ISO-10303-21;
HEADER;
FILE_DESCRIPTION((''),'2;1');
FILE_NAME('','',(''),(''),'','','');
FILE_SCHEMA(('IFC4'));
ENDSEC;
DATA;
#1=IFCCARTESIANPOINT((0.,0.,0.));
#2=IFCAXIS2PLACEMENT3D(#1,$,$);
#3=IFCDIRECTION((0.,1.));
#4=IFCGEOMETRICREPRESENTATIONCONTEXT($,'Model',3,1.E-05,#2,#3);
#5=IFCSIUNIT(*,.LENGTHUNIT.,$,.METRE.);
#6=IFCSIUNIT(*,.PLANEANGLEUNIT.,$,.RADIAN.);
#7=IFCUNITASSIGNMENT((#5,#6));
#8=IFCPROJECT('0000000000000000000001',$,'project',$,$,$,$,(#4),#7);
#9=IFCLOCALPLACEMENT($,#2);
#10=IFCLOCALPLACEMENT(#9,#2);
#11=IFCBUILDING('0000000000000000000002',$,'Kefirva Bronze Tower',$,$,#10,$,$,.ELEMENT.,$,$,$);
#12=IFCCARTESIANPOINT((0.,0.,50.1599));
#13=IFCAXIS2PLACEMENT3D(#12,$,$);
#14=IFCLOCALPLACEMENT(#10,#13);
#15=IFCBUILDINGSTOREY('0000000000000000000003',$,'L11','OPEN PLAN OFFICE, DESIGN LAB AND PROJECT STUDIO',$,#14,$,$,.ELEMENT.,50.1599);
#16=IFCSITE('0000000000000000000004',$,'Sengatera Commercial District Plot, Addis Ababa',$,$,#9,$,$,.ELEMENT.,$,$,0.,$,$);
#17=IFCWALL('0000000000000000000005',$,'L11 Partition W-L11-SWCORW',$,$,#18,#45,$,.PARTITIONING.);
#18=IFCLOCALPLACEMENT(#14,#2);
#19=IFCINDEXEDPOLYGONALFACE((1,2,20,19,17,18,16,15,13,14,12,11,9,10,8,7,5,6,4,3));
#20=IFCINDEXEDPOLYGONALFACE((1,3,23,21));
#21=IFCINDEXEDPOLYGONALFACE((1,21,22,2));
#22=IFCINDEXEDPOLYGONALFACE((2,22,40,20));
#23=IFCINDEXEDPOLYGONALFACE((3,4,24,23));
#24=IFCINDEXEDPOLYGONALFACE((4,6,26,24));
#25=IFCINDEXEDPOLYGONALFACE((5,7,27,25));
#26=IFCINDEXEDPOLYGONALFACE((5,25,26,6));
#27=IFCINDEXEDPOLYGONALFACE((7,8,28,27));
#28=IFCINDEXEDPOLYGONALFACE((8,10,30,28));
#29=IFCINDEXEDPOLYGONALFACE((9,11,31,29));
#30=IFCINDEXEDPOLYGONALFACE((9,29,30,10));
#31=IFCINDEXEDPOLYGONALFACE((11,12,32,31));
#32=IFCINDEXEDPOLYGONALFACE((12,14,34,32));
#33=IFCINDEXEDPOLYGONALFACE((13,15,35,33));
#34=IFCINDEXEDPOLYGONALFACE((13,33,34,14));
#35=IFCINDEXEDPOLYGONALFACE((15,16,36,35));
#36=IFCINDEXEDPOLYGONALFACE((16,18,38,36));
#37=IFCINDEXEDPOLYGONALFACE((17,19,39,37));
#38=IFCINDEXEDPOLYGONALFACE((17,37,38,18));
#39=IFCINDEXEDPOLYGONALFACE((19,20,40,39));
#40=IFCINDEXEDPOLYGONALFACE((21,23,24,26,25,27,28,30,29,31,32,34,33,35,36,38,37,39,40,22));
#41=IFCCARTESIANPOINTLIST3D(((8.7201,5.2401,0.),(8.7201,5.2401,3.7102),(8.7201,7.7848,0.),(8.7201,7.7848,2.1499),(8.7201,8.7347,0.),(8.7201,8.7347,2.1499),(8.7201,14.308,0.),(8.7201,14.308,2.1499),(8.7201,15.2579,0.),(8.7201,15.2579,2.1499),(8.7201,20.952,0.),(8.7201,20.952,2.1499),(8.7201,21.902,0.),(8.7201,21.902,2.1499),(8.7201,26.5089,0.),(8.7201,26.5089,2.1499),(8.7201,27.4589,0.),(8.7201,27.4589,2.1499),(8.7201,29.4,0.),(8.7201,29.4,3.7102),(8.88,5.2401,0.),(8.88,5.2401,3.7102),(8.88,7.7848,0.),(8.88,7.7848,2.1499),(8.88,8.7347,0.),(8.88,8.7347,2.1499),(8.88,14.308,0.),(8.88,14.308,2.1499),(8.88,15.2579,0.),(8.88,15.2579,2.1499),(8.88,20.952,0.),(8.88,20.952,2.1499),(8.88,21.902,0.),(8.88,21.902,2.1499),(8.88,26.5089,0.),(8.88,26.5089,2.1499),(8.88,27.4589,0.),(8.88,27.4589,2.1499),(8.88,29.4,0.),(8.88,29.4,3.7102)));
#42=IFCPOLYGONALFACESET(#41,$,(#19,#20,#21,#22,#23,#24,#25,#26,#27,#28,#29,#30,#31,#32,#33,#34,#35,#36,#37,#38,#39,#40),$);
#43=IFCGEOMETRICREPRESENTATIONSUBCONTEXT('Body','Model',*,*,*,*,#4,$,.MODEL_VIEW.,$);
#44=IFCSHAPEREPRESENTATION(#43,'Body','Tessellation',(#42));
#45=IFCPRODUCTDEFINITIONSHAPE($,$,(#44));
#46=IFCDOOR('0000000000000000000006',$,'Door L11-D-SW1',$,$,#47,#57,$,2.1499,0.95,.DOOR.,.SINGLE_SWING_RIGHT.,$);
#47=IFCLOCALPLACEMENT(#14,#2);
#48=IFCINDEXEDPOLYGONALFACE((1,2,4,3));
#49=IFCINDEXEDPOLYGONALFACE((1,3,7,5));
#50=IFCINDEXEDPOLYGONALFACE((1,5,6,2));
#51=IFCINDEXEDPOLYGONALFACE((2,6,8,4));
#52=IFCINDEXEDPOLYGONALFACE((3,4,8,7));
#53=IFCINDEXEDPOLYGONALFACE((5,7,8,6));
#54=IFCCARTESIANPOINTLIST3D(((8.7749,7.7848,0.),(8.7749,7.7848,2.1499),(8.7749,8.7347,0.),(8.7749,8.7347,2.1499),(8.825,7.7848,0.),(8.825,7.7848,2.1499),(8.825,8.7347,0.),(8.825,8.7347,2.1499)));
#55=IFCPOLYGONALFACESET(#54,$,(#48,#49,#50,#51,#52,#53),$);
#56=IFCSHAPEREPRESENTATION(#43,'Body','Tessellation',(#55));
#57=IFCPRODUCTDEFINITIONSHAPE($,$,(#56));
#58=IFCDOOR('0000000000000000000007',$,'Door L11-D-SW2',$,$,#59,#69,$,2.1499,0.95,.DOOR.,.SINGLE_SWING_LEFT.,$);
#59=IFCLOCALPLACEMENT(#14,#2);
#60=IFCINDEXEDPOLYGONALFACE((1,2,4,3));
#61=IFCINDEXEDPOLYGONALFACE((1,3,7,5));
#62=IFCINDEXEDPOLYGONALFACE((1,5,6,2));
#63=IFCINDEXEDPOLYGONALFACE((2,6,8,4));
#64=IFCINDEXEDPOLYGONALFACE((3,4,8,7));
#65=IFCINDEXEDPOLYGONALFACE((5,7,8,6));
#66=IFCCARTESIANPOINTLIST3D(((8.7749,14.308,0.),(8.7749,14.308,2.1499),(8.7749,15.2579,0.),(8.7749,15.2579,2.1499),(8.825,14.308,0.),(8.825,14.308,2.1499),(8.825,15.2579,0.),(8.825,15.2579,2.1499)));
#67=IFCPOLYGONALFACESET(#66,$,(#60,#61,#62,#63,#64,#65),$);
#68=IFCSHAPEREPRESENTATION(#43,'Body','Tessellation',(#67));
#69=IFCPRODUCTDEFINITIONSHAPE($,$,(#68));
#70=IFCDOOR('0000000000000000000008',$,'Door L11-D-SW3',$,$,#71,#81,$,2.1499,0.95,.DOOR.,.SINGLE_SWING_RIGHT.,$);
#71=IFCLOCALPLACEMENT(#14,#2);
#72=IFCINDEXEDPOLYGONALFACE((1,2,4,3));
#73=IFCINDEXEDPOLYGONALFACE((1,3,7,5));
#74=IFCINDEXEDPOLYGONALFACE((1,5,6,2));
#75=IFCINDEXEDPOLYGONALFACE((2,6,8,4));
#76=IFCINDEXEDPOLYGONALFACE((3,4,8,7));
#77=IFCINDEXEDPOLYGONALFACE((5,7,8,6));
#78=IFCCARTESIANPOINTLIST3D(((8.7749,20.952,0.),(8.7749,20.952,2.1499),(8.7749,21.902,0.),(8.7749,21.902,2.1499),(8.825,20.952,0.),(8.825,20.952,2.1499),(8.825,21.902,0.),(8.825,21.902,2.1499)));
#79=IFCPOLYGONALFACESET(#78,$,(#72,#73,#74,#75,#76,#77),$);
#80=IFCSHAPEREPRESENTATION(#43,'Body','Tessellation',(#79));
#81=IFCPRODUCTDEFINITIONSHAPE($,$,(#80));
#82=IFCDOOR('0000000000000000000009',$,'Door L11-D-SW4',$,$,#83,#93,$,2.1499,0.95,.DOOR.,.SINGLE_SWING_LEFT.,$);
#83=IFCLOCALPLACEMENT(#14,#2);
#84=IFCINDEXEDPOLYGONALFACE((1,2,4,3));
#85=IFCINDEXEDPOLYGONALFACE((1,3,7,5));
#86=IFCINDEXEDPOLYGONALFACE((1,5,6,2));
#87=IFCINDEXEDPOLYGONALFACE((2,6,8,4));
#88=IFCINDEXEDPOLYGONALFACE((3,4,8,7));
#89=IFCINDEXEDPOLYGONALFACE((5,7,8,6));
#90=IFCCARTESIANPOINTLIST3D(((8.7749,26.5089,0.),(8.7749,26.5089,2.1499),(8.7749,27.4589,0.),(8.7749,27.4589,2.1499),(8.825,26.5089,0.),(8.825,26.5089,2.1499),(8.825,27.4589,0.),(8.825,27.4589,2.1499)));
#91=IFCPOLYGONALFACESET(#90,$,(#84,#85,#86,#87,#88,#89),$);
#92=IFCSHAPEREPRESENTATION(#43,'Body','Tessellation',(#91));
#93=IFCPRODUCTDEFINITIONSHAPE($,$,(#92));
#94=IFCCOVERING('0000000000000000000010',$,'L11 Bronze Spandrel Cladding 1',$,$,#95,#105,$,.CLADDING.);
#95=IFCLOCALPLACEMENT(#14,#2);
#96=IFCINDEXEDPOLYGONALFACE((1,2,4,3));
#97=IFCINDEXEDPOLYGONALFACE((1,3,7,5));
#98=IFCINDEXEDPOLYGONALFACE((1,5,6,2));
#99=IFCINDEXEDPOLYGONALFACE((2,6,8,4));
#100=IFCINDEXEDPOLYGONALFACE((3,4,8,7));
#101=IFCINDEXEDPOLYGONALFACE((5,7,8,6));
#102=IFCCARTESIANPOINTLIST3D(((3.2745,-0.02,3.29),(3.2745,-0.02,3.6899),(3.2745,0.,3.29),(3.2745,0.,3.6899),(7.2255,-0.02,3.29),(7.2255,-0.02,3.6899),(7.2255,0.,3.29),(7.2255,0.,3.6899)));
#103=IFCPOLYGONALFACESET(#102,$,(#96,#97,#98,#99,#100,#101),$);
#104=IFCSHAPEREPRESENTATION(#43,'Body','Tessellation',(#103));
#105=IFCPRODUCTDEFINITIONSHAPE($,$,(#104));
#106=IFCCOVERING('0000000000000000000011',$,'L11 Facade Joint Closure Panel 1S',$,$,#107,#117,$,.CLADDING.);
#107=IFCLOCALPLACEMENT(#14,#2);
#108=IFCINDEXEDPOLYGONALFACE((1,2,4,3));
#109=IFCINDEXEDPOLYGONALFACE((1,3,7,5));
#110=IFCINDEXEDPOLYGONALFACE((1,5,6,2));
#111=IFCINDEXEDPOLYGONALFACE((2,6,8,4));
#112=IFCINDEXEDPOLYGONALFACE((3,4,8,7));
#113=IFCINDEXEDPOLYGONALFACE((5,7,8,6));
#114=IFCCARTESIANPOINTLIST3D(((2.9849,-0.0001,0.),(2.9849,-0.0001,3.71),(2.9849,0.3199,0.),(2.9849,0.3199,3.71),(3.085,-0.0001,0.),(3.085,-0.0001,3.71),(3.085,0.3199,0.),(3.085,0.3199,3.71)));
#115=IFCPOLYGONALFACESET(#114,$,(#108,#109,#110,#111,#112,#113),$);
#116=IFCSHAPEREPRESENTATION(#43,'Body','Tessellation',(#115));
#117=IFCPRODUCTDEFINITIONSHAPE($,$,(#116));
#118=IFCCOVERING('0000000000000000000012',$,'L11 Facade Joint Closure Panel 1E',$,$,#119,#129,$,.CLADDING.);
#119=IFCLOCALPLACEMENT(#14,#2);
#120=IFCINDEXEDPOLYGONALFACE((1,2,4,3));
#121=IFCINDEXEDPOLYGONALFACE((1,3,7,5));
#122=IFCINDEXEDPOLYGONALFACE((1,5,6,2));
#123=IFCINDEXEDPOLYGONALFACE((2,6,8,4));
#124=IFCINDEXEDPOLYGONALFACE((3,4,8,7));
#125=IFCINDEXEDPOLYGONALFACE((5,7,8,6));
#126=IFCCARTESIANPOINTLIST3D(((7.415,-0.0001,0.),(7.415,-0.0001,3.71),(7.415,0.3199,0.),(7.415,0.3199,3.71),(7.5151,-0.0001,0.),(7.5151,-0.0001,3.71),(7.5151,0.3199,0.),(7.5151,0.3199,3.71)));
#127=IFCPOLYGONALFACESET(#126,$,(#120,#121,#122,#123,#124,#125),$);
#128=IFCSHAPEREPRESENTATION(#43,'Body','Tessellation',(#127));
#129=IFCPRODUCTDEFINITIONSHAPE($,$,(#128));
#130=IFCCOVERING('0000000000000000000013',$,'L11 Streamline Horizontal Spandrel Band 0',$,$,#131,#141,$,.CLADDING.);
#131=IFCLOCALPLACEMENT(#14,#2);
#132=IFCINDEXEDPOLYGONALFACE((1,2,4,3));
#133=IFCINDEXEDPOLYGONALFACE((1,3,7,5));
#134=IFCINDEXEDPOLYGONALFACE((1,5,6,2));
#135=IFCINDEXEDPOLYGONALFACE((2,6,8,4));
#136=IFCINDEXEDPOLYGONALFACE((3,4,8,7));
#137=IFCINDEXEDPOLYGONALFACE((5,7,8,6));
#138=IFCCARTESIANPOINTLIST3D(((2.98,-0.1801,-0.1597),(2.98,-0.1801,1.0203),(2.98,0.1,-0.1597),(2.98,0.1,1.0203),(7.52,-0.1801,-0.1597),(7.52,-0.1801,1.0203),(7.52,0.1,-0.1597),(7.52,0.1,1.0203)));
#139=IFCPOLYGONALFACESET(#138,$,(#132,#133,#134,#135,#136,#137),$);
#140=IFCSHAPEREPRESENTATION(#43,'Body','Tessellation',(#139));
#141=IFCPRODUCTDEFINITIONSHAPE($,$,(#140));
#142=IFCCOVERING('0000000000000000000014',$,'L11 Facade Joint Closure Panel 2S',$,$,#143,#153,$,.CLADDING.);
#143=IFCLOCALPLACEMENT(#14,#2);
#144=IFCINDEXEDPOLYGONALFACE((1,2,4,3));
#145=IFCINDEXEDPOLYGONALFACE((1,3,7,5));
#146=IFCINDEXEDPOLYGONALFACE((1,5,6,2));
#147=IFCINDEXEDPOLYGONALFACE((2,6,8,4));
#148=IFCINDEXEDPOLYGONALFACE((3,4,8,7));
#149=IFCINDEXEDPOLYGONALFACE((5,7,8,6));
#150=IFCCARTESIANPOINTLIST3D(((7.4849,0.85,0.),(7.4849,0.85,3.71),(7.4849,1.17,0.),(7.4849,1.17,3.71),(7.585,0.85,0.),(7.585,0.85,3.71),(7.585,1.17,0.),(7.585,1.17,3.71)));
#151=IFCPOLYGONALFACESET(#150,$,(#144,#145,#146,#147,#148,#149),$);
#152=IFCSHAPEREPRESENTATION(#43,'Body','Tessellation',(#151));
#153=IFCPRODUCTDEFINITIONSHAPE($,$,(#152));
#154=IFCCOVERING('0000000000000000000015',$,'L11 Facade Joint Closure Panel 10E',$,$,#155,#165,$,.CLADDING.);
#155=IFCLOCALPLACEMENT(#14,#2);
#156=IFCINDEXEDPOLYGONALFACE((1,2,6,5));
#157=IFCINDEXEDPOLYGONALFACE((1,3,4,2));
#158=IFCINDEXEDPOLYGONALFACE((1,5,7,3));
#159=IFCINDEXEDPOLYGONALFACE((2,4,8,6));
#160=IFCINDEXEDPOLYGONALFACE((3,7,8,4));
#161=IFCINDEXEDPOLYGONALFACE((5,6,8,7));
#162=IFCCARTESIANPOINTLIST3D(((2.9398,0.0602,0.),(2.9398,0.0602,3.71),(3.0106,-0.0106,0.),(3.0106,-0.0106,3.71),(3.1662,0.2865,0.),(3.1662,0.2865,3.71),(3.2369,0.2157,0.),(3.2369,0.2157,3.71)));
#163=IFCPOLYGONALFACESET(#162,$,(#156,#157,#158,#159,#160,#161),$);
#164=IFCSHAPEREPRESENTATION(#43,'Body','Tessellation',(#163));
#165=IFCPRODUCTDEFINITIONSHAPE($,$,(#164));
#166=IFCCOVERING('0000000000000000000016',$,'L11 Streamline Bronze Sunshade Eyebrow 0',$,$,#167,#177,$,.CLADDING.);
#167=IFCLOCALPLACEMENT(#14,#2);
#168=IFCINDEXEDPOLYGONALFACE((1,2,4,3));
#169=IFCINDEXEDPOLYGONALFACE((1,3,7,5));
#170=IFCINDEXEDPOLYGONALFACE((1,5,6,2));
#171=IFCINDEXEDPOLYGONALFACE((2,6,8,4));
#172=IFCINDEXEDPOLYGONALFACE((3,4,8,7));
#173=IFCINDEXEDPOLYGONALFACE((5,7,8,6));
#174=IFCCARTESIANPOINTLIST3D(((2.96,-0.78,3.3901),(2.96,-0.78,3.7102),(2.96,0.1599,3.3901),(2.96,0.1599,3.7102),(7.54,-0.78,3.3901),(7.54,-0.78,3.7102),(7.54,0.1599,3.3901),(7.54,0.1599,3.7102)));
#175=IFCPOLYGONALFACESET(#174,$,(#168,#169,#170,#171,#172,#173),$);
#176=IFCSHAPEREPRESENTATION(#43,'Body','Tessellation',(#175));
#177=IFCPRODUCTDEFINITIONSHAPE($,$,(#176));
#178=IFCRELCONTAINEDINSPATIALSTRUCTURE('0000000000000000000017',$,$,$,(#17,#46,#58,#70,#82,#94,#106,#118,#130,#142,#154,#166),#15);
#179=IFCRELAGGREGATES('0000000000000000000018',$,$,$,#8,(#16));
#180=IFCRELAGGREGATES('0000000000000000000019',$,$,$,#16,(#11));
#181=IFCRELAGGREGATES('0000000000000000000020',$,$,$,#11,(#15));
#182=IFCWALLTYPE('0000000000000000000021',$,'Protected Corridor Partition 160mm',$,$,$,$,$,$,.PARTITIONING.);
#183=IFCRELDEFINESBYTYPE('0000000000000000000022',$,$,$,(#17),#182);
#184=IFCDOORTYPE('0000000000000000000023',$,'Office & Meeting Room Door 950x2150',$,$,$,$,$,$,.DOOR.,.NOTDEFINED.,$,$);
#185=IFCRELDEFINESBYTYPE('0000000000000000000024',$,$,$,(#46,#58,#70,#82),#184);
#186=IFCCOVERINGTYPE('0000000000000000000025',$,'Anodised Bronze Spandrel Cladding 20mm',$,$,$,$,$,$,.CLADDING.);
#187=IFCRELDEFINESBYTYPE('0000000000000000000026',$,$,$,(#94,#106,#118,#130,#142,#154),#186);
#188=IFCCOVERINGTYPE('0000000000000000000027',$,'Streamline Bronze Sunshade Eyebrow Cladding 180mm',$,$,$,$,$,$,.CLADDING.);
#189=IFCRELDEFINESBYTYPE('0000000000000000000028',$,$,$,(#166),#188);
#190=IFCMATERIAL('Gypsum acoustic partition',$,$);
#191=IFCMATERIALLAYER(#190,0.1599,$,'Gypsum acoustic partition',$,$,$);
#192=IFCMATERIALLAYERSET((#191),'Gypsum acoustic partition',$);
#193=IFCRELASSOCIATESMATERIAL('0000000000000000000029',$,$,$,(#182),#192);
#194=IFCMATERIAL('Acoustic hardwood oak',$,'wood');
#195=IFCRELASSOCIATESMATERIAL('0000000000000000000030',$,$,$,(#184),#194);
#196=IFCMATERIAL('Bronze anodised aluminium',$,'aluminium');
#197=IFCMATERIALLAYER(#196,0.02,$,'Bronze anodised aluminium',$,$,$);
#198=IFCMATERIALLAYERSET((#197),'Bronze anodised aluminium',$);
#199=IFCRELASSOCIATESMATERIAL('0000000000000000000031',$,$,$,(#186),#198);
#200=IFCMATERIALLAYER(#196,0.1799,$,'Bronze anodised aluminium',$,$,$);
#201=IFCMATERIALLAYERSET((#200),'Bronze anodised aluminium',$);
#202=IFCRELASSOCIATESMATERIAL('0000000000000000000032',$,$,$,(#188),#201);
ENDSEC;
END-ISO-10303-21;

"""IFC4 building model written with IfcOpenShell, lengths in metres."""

from ifc_helpers import new_model, si_unit, direction, frame, frame_2d, origin, origin_2d, place, context, subcontext, project, spatial, rectangle, extrude, material, layer, layer_set, type_object, element, fill, save


model = new_model("IFC4")

# Units and contexts
model_context = context("Model", 3, precision=1e-05, world=origin(), true_north=direction((0.0, 1.0)))
body_context = subcontext(model_context, "Body", "Model", "MODEL_VIEW")
ifc_project = project(units=[si_unit("LENGTHUNIT", "METRE"), si_unit("PLANEANGLEUNIT", "RADIAN")], contexts=[model_context])

# Site, building, storey
site_placement = place(None, origin())
site = spatial("IfcSite", under=ifc_project, at=site_placement, Name="Sengatera Commercial District Plot, Addis Ababa", CompositionType="ELEMENT", RefElevation=0.0)
building_placement = place(site_placement, origin())
building = spatial("IfcBuilding", under=site, at=building_placement, Name="Kefirva Bronze Tower", CompositionType="ELEMENT")
storey_placement = place(building_placement, frame((0.0, 0.0, 50.1599)))
storey = spatial("IfcBuildingStorey", under=building, at=storey_placement, Name="L11", Description="OPEN PLAN OFFICE, DESIGN LAB AND PROJECT STUDIO", CompositionType="ELEMENT", Elevation=50.1599)

# Wall, openings, doors
ifc_material_1 = material(Name="Gypsum acoustic partition")
ifc_layer_1 = layer(ifc_material_1, 0.1599, Name="Gypsum acoustic partition")
ifc_layer_set_1 = layer_set([ifc_layer_1], Name="Gypsum acoustic partition")
wall_type_1 = type_object("IfcWallType", Name="Protected Corridor Partition 160mm", PredefinedType="PARTITIONING", material=ifc_layer_set_1)
wall_1_placement = place(storey_placement, frame((8.8, 5.24, 0.0), z_axis=(0.0, 0.0, 1.0), x_axis=(0.0, 1.0, 0.0)))
wall_1 = element("IfcWall", 1, at=wall_1_placement, inside=storey, type_object=wall_type_1, Name="L11 Partition W-L11-SWCORW", PredefinedType="PARTITIONING", context=body_context, shape_type="SweptSolid", body=[
    extrude(rectangle(XDim=24.1599, YDim=0.1599, at=frame_2d((12.0801, 0.0))), origin(), (0.0, 0.0, 1.0), 3.7102),
])
opening_1_placement = place(wall_1_placement, frame((3.4949, 0.0, 0.0), z_axis=(0.0, 0.0, 1.0), x_axis=(-1.0, 0.0, 0.0)))
opening_1 = element("IfcOpeningElement", 2, at=opening_1_placement, cuts=wall_1, PredefinedType="OPENING", context=body_context, shape_type="SweptSolid", body=[
    extrude(rectangle(XDim=0.95, YDim=2.1499, at=frame_2d((0.4751, 1.075))), frame((0.0, 0.0898, 0.0), z_axis=(0.0, -1.0, 0.0), x_axis=(1.0, 0.0, 0.0)), (0.0, 0.0, 1.0), 0.1799),
])
opening_2_placement = place(wall_1_placement, frame((10.0181, 0.0, 0.0), z_axis=(0.0, 0.0, 1.0), x_axis=(-1.0, 0.0, 0.0)))
opening_2 = element("IfcOpeningElement", 3, at=opening_2_placement, cuts=wall_1, PredefinedType="OPENING", context=body_context, shape_type="SweptSolid", body=[
    extrude(rectangle(XDim=0.95, YDim=2.1499, at=frame_2d((0.4751, 1.075))), frame((0.0, 0.0898, 0.0), z_axis=(0.0, -1.0, 0.0), x_axis=(1.0, 0.0, 0.0)), (0.0, 0.0, 1.0), 0.1799),
])
opening_3_placement = place(wall_1_placement, frame((16.6621, 0.0, 0.0), z_axis=(0.0, 0.0, 1.0), x_axis=(-1.0, 0.0, 0.0)))
opening_3 = element("IfcOpeningElement", 4, at=opening_3_placement, cuts=wall_1, PredefinedType="OPENING", context=body_context, shape_type="SweptSolid", body=[
    extrude(rectangle(XDim=0.95, YDim=2.1499, at=frame_2d((0.4751, 1.075))), frame((0.0, 0.0898, 0.0), z_axis=(0.0, -1.0, 0.0), x_axis=(1.0, 0.0, 0.0)), (0.0, 0.0, 1.0), 0.1799),
])
opening_4_placement = place(wall_1_placement, frame((22.219, 0.0, 0.0), z_axis=(0.0, 0.0, 1.0), x_axis=(-1.0, 0.0, 0.0)))
opening_4 = element("IfcOpeningElement", 5, at=opening_4_placement, cuts=wall_1, PredefinedType="OPENING", context=body_context, shape_type="SweptSolid", body=[
    extrude(rectangle(XDim=0.95, YDim=2.1499, at=frame_2d((0.4751, 1.075))), frame((0.0, 0.0898, 0.0), z_axis=(0.0, -1.0, 0.0), x_axis=(1.0, 0.0, 0.0)), (0.0, 0.0, 1.0), 0.1799),
])
ifc_material_2 = material(Name="Acoustic hardwood oak", Category="wood")
door_type = type_object("IfcDoorType", Name="Office & Meeting Room Door 950x2150", OperationType="NOTDEFINED", PredefinedType="DOOR", material=ifc_material_2)
door_1_placement = place(opening_1_placement, origin())
door_1 = element("IfcDoor", 6, at=door_1_placement, inside=storey, type_object=door_type, Name="Door L11-D-SW1", OperationType="SINGLE_SWING_RIGHT", OverallHeight=2.1499, OverallWidth=0.95, PredefinedType="DOOR", context=body_context, shape_type="SweptSolid", body=[
    extrude(rectangle(XDim=0.95, YDim=2.1499, at=frame_2d((0.4751, 1.075))), frame((0.0, 0.0249, 0.0), z_axis=(0.0, -1.0, 0.0), x_axis=(1.0, 0.0, 0.0)), (0.0, 0.0, 1.0), 0.05),
])
fill(opening_1, door_1)
door_2_placement = place(opening_2_placement, origin())
door_2 = element("IfcDoor", 7, at=door_2_placement, inside=storey, type_object=door_type, Name="Door L11-D-SW2", OperationType="SINGLE_SWING_LEFT", OverallHeight=2.1499, OverallWidth=0.95, PredefinedType="DOOR", context=body_context, shape_type="SweptSolid", body=[
    extrude(rectangle(XDim=0.95, YDim=2.1499, at=frame_2d((0.4751, 1.075))), frame((0.0, 0.0249, 0.0), z_axis=(0.0, -1.0, 0.0), x_axis=(1.0, 0.0, 0.0)), (0.0, 0.0, 1.0), 0.05),
])
fill(opening_2, door_2)
door_3_placement = place(opening_3_placement, origin())
door_3 = element("IfcDoor", 8, at=door_3_placement, inside=storey, type_object=door_type, Name="Door L11-D-SW3", OperationType="SINGLE_SWING_RIGHT", OverallHeight=2.1499, OverallWidth=0.95, PredefinedType="DOOR", context=body_context, shape_type="SweptSolid", body=[
    extrude(rectangle(XDim=0.95, YDim=2.1499, at=frame_2d((0.4751, 1.075))), frame((0.0, 0.0249, 0.0), z_axis=(0.0, -1.0, 0.0), x_axis=(1.0, 0.0, 0.0)), (0.0, 0.0, 1.0), 0.05),
])
fill(opening_3, door_3)
door_4_placement = place(opening_4_placement, origin())
door_4 = element("IfcDoor", 9, at=door_4_placement, inside=storey, type_object=door_type, Name="Door L11-D-SW4", OperationType="SINGLE_SWING_LEFT", OverallHeight=2.1499, OverallWidth=0.95, PredefinedType="DOOR", context=body_context, shape_type="SweptSolid", body=[
    extrude(rectangle(XDim=0.95, YDim=2.1499, at=frame_2d((0.4751, 1.075))), frame((0.0, 0.0249, 0.0), z_axis=(0.0, -1.0, 0.0), x_axis=(1.0, 0.0, 0.0)), (0.0, 0.0, 1.0), 0.05),
])
fill(opening_4, door_4)

# Coverings
ifc_material_3 = material(Name="Bronze anodised aluminium", Category="aluminium")
ifc_layer_2 = layer(ifc_material_3, 0.02, Name="Bronze anodised aluminium")
ifc_layer_set_2 = layer_set([ifc_layer_2], Name="Bronze anodised aluminium")
covering_type_1 = type_object("IfcCoveringType", Name="Anodised Bronze Spandrel Cladding 20mm", PredefinedType="CLADDING", material=ifc_layer_set_2)
covering_1_placement = place(storey_placement, frame((5.25, -0.01, 3.29), z_axis=(0.0, 0.0, 1.0), x_axis=(1.0, 0.0, 0.0)))
element("IfcCovering", 10, at=covering_1_placement, inside=storey, type_object=covering_type_1, Name="L11 Bronze Spandrel Cladding 1", PredefinedType="CLADDING", context=body_context, shape_type="SweptSolid", body=[
    extrude(rectangle(XDim=3.9509, YDim=0.02, at=origin_2d()), origin(), (0.0, 0.0, 1.0), 0.3999),
])
for number, where, z_axis, x_axis, name in (
    (11, (3.0349, 0.1599, 0.0), (0.0, 0.0, 1.0), (1.0, 0.0, 0.0), "L11 Facade Joint Closure Panel 1S"),
    (12, (7.4651, 0.1599, 0.0), (0.0, 0.0, 1.0), (1.0, 0.0, 0.0), "L11 Facade Joint Closure Panel 1E"),
):
    element("IfcCovering", number, at=place(storey_placement, frame(where, z_axis=z_axis, x_axis=x_axis)), inside=storey, type_object=covering_type_1, Name=name, PredefinedType="CLADDING", context=body_context, shape_type="SweptSolid", body=[
        extrude(rectangle(XDim=0.1001, YDim=0.3201, at=origin_2d()), origin(), (0.0, 0.0, 1.0), 3.71),
    ])
covering_2_placement = place(storey_placement, frame((5.25, -0.04, -0.1597), z_axis=(0.0, 0.0, 1.0), x_axis=(1.0, 0.0, 0.0)))
element("IfcCovering", 13, at=covering_2_placement, inside=storey, type_object=covering_type_1, Name="L11 Streamline Horizontal Spandrel Band 0", PredefinedType="CLADDING", context=body_context, shape_type="SweptSolid", body=[
    extrude(rectangle(XDim=4.54, YDim=0.28, at=origin_2d()), origin(), (0.0, 0.0, 1.0), 1.1799),
])
for number, where, z_axis, x_axis, name in (
    (14, (7.5349, 1.01, 0.0), (0.0, 0.0, 1.0), (1.0, 0.0, 0.0), "L11 Facade Joint Closure Panel 2S"),
    (15, (3.0884, 0.1379, 0.0), (0.0, 0.0, 1.0), (0.707107, -0.707107, 0.0), "L11 Facade Joint Closure Panel 10E"),
):
    element("IfcCovering", number, at=place(storey_placement, frame(where, z_axis=z_axis, x_axis=x_axis)), inside=storey, type_object=covering_type_1, Name=name, PredefinedType="CLADDING", context=body_context, shape_type="SweptSolid", body=[
        extrude(rectangle(XDim=0.1001, YDim=0.3201, at=origin_2d()), origin(), (0.0, 0.0, 1.0), 3.71),
    ])
ifc_layer_3 = layer(ifc_material_3, 0.1799, Name="Bronze anodised aluminium")
ifc_layer_set_3 = layer_set([ifc_layer_3], Name="Bronze anodised aluminium")
covering_type_2 = type_object("IfcCoveringType", Name="Streamline Bronze Sunshade Eyebrow Cladding 180mm", PredefinedType="CLADDING", material=ifc_layer_set_3)
covering_3_placement = place(storey_placement, frame((5.25, -0.3101, 3.3901), z_axis=(0.0, 0.0, 1.0), x_axis=(1.0, 0.0, 0.0)))
element("IfcCovering", 16, at=covering_3_placement, inside=storey, type_object=covering_type_2, Name="L11 Streamline Bronze Sunshade Eyebrow 0", PredefinedType="CLADDING", context=body_context, shape_type="SweptSolid", body=[
    extrude(rectangle(XDim=4.5801, YDim=0.9399, at=origin_2d()), origin(), (0.0, 0.0, 1.0), 0.3201),
])

save(model, "model.ifc")
